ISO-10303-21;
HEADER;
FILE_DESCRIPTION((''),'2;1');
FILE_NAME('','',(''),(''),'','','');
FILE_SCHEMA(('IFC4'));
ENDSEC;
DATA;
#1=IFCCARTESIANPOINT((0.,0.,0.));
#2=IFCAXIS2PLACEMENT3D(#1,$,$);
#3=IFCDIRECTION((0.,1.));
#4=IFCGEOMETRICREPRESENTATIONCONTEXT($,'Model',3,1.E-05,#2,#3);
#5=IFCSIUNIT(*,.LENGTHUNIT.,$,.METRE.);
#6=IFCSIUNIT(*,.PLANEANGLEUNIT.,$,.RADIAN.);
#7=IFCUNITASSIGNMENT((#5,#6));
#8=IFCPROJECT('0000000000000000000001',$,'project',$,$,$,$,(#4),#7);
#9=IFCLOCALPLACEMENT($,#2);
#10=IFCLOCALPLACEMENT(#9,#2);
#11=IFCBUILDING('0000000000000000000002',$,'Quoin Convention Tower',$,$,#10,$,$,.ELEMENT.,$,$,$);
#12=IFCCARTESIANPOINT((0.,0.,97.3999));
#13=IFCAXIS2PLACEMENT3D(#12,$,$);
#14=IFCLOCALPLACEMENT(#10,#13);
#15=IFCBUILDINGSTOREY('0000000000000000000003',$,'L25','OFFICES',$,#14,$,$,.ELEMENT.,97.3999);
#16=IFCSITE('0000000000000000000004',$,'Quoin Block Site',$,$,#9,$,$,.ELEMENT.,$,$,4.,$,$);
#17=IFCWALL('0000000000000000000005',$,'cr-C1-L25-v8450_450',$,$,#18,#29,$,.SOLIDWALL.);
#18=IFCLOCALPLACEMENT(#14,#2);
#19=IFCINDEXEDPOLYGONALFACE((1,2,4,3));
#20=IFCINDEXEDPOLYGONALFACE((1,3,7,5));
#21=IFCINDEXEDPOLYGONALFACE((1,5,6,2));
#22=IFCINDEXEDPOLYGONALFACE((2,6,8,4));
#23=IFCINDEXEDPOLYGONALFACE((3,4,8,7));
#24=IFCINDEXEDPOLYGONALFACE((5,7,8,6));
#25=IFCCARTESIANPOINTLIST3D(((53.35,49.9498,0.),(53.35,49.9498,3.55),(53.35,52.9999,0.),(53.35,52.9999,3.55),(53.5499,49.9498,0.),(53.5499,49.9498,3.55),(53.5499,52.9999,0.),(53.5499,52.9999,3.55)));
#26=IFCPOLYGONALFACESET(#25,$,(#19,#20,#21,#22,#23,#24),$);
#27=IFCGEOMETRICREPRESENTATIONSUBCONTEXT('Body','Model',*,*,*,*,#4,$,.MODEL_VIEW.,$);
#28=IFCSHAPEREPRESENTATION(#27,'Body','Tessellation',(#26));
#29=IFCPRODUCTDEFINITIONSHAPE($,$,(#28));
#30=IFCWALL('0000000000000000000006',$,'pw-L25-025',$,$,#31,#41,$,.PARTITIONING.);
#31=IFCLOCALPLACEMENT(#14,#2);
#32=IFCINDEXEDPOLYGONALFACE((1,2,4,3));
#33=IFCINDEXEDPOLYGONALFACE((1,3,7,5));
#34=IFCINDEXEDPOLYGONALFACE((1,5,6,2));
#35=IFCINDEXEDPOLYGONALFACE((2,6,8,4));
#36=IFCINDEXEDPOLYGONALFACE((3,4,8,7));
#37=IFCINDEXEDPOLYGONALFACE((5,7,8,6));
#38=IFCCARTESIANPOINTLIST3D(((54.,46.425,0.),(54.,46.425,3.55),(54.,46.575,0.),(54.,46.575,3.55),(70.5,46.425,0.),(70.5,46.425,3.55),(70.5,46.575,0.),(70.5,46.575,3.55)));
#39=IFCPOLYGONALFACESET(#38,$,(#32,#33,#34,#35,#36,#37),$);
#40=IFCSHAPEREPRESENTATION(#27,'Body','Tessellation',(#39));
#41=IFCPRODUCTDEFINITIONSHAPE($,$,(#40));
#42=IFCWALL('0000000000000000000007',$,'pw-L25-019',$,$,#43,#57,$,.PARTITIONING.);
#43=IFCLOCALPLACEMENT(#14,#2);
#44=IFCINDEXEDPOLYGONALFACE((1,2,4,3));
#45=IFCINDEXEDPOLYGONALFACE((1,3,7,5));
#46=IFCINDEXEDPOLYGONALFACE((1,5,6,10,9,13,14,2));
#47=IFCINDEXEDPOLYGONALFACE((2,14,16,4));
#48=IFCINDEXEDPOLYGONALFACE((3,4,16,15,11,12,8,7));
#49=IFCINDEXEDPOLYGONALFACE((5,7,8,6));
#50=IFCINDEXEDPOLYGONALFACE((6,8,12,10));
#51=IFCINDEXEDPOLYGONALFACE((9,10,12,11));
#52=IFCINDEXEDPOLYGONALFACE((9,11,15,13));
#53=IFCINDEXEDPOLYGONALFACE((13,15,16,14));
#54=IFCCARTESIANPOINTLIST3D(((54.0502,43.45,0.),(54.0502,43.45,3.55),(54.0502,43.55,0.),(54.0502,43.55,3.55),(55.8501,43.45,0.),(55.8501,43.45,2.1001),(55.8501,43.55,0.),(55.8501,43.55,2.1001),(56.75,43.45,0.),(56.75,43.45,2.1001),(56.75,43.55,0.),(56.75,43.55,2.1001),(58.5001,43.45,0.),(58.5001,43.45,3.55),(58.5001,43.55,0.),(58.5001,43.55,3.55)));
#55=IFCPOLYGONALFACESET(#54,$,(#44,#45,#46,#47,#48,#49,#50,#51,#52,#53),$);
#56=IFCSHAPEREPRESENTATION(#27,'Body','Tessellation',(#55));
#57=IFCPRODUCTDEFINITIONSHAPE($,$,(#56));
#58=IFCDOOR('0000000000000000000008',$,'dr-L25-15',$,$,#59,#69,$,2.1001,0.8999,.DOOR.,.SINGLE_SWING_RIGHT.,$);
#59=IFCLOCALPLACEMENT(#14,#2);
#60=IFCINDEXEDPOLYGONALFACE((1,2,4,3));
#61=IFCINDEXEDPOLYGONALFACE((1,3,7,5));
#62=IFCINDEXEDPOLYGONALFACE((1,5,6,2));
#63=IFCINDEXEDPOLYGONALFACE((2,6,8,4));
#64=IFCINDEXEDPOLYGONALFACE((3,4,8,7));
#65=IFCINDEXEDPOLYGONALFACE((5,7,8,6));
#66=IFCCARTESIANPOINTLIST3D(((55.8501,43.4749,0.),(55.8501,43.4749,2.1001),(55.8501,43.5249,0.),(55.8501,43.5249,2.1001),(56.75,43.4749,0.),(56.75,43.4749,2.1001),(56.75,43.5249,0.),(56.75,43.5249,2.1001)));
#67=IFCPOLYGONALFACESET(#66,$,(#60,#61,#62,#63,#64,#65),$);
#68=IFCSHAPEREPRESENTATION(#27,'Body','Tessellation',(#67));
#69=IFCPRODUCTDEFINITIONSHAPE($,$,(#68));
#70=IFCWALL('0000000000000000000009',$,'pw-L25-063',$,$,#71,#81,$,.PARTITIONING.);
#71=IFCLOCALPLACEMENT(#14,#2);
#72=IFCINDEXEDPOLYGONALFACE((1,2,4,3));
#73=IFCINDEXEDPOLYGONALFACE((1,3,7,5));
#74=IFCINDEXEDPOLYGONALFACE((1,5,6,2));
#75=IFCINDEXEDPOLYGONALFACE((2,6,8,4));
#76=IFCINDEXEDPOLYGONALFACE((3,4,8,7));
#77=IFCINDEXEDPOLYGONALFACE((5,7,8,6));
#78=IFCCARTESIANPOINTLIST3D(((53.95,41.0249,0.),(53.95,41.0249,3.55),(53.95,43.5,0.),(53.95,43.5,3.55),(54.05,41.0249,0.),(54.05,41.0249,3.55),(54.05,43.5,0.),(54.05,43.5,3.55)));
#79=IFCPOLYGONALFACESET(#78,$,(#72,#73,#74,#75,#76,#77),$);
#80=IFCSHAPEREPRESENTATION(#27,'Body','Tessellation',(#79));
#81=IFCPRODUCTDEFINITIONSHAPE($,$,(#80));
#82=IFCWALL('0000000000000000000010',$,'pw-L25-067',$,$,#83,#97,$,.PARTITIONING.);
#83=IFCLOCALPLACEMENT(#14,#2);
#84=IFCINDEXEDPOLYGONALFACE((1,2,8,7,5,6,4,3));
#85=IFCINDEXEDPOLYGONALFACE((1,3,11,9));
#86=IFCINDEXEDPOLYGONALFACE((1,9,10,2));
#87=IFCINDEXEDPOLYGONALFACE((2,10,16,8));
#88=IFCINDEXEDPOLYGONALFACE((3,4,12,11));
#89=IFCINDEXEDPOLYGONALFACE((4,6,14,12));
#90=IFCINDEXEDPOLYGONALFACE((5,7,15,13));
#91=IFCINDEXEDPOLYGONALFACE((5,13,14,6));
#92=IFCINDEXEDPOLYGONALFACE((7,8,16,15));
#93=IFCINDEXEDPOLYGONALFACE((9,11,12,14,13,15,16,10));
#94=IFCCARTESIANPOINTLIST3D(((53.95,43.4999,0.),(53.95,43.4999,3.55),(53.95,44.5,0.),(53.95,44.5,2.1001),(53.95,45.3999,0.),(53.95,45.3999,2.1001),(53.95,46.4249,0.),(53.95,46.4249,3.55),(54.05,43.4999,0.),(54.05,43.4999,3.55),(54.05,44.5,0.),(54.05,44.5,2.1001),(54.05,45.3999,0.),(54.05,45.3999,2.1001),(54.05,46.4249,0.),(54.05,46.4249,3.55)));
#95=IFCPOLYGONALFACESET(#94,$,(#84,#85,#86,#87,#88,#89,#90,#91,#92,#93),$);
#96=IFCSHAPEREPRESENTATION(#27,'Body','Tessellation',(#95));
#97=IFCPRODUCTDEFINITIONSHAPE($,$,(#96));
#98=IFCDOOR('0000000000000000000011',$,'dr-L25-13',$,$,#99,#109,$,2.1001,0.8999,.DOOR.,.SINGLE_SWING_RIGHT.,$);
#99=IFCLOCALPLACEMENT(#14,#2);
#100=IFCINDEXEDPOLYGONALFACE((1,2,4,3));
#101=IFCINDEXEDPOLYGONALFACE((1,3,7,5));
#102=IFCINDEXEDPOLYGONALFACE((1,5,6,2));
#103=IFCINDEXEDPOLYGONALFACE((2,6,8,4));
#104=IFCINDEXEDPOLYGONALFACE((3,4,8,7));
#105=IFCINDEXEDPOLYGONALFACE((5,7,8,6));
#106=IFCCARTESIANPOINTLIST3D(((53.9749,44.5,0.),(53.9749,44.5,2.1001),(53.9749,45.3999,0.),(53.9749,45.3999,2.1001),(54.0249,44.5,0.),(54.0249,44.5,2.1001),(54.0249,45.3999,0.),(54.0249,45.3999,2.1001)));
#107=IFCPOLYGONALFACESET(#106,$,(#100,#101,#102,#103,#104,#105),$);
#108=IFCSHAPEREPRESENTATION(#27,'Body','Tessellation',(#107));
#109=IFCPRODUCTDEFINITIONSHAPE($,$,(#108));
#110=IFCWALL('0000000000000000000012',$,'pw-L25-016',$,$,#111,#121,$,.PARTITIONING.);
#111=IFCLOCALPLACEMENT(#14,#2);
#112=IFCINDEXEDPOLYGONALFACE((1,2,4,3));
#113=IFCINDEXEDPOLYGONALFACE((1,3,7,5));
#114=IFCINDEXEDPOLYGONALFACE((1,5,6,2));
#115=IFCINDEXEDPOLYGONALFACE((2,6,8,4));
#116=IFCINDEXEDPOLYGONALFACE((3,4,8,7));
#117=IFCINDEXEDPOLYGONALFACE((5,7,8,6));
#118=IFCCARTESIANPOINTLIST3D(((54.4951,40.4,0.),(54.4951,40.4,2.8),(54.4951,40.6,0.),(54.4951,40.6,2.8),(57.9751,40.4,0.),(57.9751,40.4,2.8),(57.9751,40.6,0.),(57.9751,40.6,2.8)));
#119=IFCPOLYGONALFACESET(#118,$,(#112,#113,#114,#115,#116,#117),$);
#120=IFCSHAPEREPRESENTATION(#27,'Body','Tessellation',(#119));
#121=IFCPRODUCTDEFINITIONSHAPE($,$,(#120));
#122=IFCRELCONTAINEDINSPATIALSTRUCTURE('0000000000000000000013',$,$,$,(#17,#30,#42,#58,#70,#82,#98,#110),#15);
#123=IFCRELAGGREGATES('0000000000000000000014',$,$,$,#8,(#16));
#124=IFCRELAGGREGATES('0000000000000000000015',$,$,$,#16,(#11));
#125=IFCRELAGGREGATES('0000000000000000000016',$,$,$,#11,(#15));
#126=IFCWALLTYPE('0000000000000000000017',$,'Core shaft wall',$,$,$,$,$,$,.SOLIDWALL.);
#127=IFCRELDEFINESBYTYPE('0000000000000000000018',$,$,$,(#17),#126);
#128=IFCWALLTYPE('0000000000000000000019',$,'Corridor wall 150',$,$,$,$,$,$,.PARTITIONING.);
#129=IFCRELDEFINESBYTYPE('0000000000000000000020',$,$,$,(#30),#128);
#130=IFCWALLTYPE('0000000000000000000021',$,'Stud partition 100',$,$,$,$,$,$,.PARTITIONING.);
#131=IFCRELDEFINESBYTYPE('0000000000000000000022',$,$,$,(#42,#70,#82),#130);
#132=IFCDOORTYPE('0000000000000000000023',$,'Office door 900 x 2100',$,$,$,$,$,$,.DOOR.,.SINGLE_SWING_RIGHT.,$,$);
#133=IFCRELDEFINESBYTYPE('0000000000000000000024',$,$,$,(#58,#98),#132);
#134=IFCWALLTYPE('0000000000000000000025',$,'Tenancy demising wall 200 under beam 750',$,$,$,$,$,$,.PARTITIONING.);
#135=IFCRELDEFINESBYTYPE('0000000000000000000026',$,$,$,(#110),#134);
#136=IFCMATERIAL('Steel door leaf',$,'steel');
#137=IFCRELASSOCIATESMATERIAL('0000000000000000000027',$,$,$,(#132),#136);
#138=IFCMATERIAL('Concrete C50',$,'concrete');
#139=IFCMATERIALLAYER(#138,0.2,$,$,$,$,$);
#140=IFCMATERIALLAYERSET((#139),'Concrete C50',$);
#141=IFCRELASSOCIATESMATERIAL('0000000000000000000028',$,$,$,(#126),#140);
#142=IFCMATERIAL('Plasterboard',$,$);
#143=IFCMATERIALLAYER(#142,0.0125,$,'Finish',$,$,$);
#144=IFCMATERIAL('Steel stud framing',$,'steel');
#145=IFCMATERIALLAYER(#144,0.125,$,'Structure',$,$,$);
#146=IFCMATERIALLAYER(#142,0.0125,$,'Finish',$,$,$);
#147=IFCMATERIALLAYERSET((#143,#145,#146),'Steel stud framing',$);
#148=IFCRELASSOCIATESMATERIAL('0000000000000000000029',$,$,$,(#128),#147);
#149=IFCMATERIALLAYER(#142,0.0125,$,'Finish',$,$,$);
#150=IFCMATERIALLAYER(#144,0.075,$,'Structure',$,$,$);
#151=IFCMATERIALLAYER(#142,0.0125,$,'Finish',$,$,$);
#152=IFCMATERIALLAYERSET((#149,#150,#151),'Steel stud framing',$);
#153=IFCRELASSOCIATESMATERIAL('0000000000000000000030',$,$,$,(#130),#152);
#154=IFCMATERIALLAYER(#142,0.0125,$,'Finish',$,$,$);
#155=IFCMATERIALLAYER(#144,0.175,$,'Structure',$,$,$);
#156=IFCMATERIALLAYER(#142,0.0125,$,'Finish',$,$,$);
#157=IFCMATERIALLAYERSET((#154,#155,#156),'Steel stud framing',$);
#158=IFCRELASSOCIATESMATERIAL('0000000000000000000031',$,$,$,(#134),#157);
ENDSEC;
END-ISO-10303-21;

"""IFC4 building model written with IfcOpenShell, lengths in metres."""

from ifc_helpers import new_model, si_unit, direction, frame, frame_2d, origin, place, context, subcontext, project, spatial, rectangle, extrude, material, layer, layer_set, type_object, element, fill, save


model = new_model("IFC4")

# Units and contexts
model_context = context("Model", 3, precision=1e-05, world=origin(), true_north=direction((0.0, 1.0)))
body_context = subcontext(model_context, "Body", "Model", "MODEL_VIEW")
ifc_project = project(units=[si_unit("LENGTHUNIT", "METRE"), si_unit("PLANEANGLEUNIT", "RADIAN")], contexts=[model_context])

# Site, building, storey
site_placement = place(None, origin())
site = spatial("IfcSite", under=ifc_project, at=site_placement, Name="Quoin Block Site", CompositionType="ELEMENT", RefElevation=4.0)
building_placement = place(site_placement, origin())
building = spatial("IfcBuilding", under=site, at=building_placement, Name="Quoin Convention Tower", CompositionType="ELEMENT")
storey_placement = place(building_placement, frame((0.0, 0.0, 97.3999)))
storey = spatial("IfcBuildingStorey", under=building, at=storey_placement, Name="L25", Description="OFFICES", CompositionType="ELEMENT", Elevation=97.3999)

# Shared definitions
ifc_material_1 = material(Name="Plasterboard")
ifc_material_2 = material(Name="Steel stud framing", Category="steel")
ifc_material_3 = material(Name="Steel door leaf", Category="steel")
door_type = type_object("IfcDoorType", Name="Office door 900 x 2100", OperationType="SINGLE_SWING_RIGHT", PredefinedType="DOOR", material=ifc_material_3)

# Walls
ifc_material_4 = material(Name="Concrete C50", Category="concrete")
ifc_layer_1 = layer(ifc_material_4, 0.2)
ifc_layer_set_1 = layer_set([ifc_layer_1], Name="Concrete C50")
wall_type_1 = type_object("IfcWallType", Name="Core shaft wall", PredefinedType="SOLIDWALL", material=ifc_layer_set_1)
wall_1_placement = place(storey_placement, frame((53.45, 49.95, 0.0), z_axis=(0.0, 0.0, 1.0), x_axis=(0.0, 1.0, 0.0)))
element("IfcWall", 1, at=wall_1_placement, inside=storey, type_object=wall_type_1, Name="cr-C1-L25-v8450_450", PredefinedType="SOLIDWALL", context=body_context, shape_type="SweptSolid", body=[
    extrude(rectangle(XDim=3.05, YDim=0.2, at=frame_2d((1.5249, 0.0))), origin(), (0.0, 0.0, 1.0), 3.55),
])
ifc_layer_2 = layer(ifc_material_1, 0.0125, Name="Finish")
ifc_layer_3 = layer(ifc_material_2, 0.125, Name="Structure")
ifc_layer_4 = layer(ifc_material_1, 0.0125, Name="Finish")
ifc_layer_set_2 = layer_set([ifc_layer_2, ifc_layer_3, ifc_layer_4], Name="Steel stud framing")
wall_type_2 = type_object("IfcWallType", Name="Corridor wall 150", PredefinedType="PARTITIONING", material=ifc_layer_set_2)
wall_2_placement = place(storey_placement, frame((54.0, 46.5, 0.0), z_axis=(0.0, 0.0, 1.0), x_axis=(1.0, 0.0, 0.0)))
element("IfcWall", 2, at=wall_2_placement, inside=storey, type_object=wall_type_2, Name="pw-L25-025", PredefinedType="PARTITIONING", context=body_context, shape_type="SweptSolid", body=[
    extrude(rectangle(XDim=16.5, YDim=0.1499, at=frame_2d((8.25, 0.0))), origin(), (0.0, 0.0, 1.0), 3.55),
])

# Wall, opening, door
ifc_layer_5 = layer(ifc_material_1, 0.0125, Name="Finish")
ifc_layer_6 = layer(ifc_material_2, 0.075, Name="Structure")
ifc_layer_7 = layer(ifc_material_1, 0.0125, Name="Finish")
ifc_layer_set_3 = layer_set([ifc_layer_5, ifc_layer_6, ifc_layer_7], Name="Steel stud framing")
wall_type_3 = type_object("IfcWallType", Name="Stud partition 100", PredefinedType="PARTITIONING", material=ifc_layer_set_3)
wall_3_placement = place(storey_placement, frame((54.05, 43.5, 0.0), z_axis=(0.0, 0.0, 1.0), x_axis=(1.0, 0.0, 0.0)))
wall_3 = element("IfcWall", 3, at=wall_3_placement, inside=storey, type_object=wall_type_3, Name="pw-L25-019", PredefinedType="PARTITIONING", context=body_context, shape_type="SweptSolid", body=[
    extrude(rectangle(XDim=4.45, YDim=0.1001, at=frame_2d((2.2251, 0.0))), origin(), (0.0, 0.0, 1.0), 3.55),
])
opening_1_placement = place(wall_3_placement, frame((1.8, 0.0, 0.0)))
opening_1 = element("IfcOpeningElement", 4, at=opening_1_placement, cuts=wall_3, PredefinedType="OPENING", context=body_context, shape_type="SweptSolid", body=[
    extrude(rectangle(XDim=0.8999, YDim=2.1001, at=frame_2d((0.45, 1.05))), frame((0.0, 0.0601, 0.0), z_axis=(0.0, -1.0, 0.0), x_axis=(1.0, 0.0, 0.0)), (0.0, 0.0, 1.0), 0.1201),
])
door_1_placement = place(opening_1_placement, origin())
door_1 = element("IfcDoor", 5, at=door_1_placement, inside=storey, type_object=door_type, Name="dr-L25-15", OperationType="SINGLE_SWING_RIGHT", OverallHeight=2.1001, OverallWidth=0.8999, PredefinedType="DOOR", context=body_context, shape_type="SweptSolid", body=[
    extrude(rectangle(XDim=0.8999, YDim=2.1001, at=frame_2d((0.45, 1.05))), frame((0.0, 0.0249, 0.0), z_axis=(0.0, -1.0, 0.0), x_axis=(1.0, 0.0, 0.0)), (0.0, 0.0, 1.0), 0.05),
])
fill(opening_1, door_1)

# Wall
wall_4_placement = place(storey_placement, frame((54.0, 41.0249, 0.0), z_axis=(0.0, 0.0, 1.0), x_axis=(0.0, 1.0, 0.0)))
element("IfcWall", 6, at=wall_4_placement, inside=storey, type_object=wall_type_3, Name="pw-L25-063", PredefinedType="PARTITIONING", context=body_context, shape_type="SweptSolid", body=[
    extrude(rectangle(XDim=2.4751, YDim=0.1001, at=frame_2d((1.2375, 0.0))), origin(), (0.0, 0.0, 1.0), 3.55),
])

# Wall, opening, door
wall_5_placement = place(storey_placement, frame((54.0, 43.5, 0.0), z_axis=(0.0, 0.0, 1.0), x_axis=(0.0, 1.0, 0.0)))
wall_5 = element("IfcWall", 7, at=wall_5_placement, inside=storey, type_object=wall_type_3, Name="pw-L25-067", PredefinedType="PARTITIONING", context=body_context, shape_type="SweptSolid", body=[
    extrude(rectangle(XDim=2.925, YDim=0.1001, at=frame_2d((1.4624, 0.0))), origin(), (0.0, 0.0, 1.0), 3.55),
])
opening_2_placement = place(wall_5_placement, frame((1.0, 0.0, 0.0)))
opening_2 = element("IfcOpeningElement", 8, at=opening_2_placement, cuts=wall_5, PredefinedType="OPENING", context=body_context, shape_type="SweptSolid", body=[
    extrude(rectangle(XDim=0.8999, YDim=2.1001, at=frame_2d((0.45, 1.05))), frame((0.0, 0.0601, 0.0), z_axis=(0.0, -1.0, 0.0), x_axis=(1.0, 0.0, 0.0)), (0.0, 0.0, 1.0), 0.1201),
])
door_2_placement = place(opening_2_placement, frame((0.8999, 0.0, 0.0), z_axis=(0.0, 0.0, 1.0), x_axis=(-1.0, 0.0, 0.0)))
door_2 = element("IfcDoor", 9, at=door_2_placement, inside=storey, type_object=door_type, Name="dr-L25-13", OperationType="SINGLE_SWING_RIGHT", OverallHeight=2.1001, OverallWidth=0.8999, PredefinedType="DOOR", context=body_context, shape_type="SweptSolid", body=[
    extrude(rectangle(XDim=0.8999, YDim=2.1001, at=frame_2d((0.45, 1.05))), frame((0.0, 0.0249, 0.0), z_axis=(0.0, -1.0, 0.0), x_axis=(1.0, 0.0, 0.0)), (0.0, 0.0, 1.0), 0.05),
])
fill(opening_2, door_2)

# Wall
ifc_layer_8 = layer(ifc_material_1, 0.0125, Name="Finish")
ifc_layer_9 = layer(ifc_material_2, 0.175, Name="Structure")
ifc_layer_10 = layer(ifc_material_1, 0.0125, Name="Finish")
ifc_layer_set_4 = layer_set([ifc_layer_8, ifc_layer_9, ifc_layer_10], Name="Steel stud framing")
wall_type_4 = type_object("IfcWallType", Name="Tenancy demising wall 200 under beam 750", PredefinedType="PARTITIONING", material=ifc_layer_set_4)
wall_6_placement = place(storey_placement, frame((54.4951, 40.5, 0.0), z_axis=(0.0, 0.0, 1.0), x_axis=(1.0, 0.0, 0.0)))
element("IfcWall", 10, at=wall_6_placement, inside=storey, type_object=wall_type_4, Name="pw-L25-016", PredefinedType="PARTITIONING", context=body_context, shape_type="SweptSolid", body=[
    extrude(rectangle(XDim=3.48, YDim=0.2, at=frame_2d((1.74, 0.0))), origin(), (0.0, 0.0, 1.0), 2.8),
])

save(model, "model.ifc")
